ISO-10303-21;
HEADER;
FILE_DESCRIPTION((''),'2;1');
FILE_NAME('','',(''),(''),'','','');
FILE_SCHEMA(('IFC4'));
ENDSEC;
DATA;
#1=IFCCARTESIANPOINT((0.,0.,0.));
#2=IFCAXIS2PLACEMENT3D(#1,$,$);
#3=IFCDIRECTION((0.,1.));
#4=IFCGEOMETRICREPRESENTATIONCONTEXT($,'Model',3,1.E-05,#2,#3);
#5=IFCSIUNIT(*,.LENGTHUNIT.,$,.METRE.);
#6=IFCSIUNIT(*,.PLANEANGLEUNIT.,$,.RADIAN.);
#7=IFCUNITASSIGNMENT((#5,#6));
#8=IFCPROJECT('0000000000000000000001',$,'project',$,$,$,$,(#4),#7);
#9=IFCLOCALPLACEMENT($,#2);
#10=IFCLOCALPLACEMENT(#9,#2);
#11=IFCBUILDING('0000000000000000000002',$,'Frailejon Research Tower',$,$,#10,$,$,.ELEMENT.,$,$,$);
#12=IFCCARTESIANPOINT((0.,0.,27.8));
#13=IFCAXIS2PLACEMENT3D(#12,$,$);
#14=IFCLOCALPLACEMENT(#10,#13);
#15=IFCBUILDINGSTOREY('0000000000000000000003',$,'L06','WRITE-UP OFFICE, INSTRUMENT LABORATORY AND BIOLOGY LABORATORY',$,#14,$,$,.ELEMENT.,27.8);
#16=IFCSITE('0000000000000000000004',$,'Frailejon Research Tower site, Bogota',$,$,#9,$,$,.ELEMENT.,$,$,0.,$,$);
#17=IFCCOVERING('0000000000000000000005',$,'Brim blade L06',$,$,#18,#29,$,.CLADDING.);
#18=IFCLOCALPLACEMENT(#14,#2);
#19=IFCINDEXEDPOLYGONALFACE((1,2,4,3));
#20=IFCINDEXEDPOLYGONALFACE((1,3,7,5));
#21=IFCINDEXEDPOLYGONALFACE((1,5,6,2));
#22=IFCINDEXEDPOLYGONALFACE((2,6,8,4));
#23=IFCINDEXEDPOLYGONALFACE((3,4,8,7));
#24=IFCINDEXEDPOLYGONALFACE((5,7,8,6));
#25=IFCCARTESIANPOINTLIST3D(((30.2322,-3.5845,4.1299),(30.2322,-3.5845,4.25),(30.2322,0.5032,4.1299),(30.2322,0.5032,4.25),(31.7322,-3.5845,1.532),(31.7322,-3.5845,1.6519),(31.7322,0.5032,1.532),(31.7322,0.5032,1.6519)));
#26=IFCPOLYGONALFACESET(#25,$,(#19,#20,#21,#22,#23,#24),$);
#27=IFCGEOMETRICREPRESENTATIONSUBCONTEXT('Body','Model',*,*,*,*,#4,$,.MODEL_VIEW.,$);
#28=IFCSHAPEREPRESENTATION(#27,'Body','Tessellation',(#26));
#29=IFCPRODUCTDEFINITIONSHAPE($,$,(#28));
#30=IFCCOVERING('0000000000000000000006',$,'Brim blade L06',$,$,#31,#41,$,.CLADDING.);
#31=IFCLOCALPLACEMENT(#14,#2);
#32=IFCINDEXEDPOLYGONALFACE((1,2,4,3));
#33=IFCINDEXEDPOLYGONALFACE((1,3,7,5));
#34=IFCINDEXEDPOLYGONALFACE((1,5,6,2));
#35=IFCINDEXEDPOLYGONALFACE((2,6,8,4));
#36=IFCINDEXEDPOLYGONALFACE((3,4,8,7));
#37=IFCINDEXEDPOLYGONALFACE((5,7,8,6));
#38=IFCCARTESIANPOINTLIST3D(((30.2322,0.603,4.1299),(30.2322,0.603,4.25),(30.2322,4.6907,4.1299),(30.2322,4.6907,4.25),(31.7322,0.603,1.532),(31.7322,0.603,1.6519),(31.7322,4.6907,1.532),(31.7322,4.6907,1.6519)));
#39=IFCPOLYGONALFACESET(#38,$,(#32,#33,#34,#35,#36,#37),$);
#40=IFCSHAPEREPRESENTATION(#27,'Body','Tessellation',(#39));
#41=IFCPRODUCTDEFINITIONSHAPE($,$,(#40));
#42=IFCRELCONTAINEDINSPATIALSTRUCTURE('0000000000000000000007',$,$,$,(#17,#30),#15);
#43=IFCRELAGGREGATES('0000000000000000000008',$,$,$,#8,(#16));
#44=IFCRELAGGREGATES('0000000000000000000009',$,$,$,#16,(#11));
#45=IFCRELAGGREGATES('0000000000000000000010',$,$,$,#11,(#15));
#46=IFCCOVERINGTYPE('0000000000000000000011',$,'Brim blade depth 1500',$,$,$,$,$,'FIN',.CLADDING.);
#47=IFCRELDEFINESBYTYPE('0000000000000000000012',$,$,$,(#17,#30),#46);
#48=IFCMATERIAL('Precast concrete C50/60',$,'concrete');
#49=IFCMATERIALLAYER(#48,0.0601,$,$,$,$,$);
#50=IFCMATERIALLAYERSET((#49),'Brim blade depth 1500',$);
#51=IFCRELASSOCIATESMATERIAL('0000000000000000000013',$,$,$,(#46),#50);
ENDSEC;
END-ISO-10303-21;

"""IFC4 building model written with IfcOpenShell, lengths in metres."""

from ifc_helpers import new_model, si_unit, direction, frame, origin, place, context, subcontext, project, spatial, polyline, outline, extrude, material, layer, layer_set, type_object, element, save


model = new_model("IFC4")

# Units and contexts
model_context = context("Model", 3, precision=1e-05, world=origin(), true_north=direction((0.0, 1.0)))
body_context = subcontext(model_context, "Body", "Model", "MODEL_VIEW")
ifc_project = project(units=[si_unit("LENGTHUNIT", "METRE"), si_unit("PLANEANGLEUNIT", "RADIAN")], contexts=[model_context])

# Site, building, storey
site_placement = place(None, origin())
site = spatial("IfcSite", under=ifc_project, at=site_placement, Name="Frailejon Research Tower site, Bogota", CompositionType="ELEMENT", RefElevation=0.0)
building_placement = place(site_placement, origin())
building = spatial("IfcBuilding", under=site, at=building_placement, Name="Frailejon Research Tower", CompositionType="ELEMENT")
storey_placement = place(building_placement, frame((0.0, 0.0, 27.8)))
storey = spatial("IfcBuildingStorey", under=building, at=storey_placement, Name="L06", Description="WRITE-UP OFFICE, INSTRUMENT LABORATORY AND BIOLOGY LABORATORY", CompositionType="ELEMENT", Elevation=27.8)

# Coverings
ifc_material_1 = material(Name="Precast concrete C50/60", Category="concrete")
ifc_layer_1 = layer(ifc_material_1, 0.0601)
ifc_layer_set_1 = layer_set([ifc_layer_1], Name="Brim blade depth 1500")
covering_type_1 = type_object("IfcCoveringType", Name="Brim blade depth 1500", ElementType="FIN", PredefinedType="CLADDING", material=ifc_layer_set_1)
for number, where, z_axis, x_axis, name in (
    (1, (30.2322, 0.5032, 4.25), (0.0, -1.0, 0.0), (1.0, 0.0, 0.0), "Brim blade L06"),
    (2, (30.2322, 4.6907, 4.25), (0.0, -1.0, 0.0), (1.0, 0.0, 0.0), "Brim blade L06"),
):
    element("IfcCovering", number, at=place(storey_placement, frame(where, z_axis=z_axis, x_axis=x_axis)), inside=storey, type_object=covering_type_1, Name=name, PredefinedType="CLADDING", context=body_context, shape_type="SweptSolid", body=[
        extrude(outline(polyline([(0.0, -0.1201), (1.5, -2.718), (1.5, -2.5981), (0.0, 0.0), (0.0, -0.1201)])), origin(), (0.0, 0.0, 1.0), 4.0876),
    ])

save(model, "model.ifc")
